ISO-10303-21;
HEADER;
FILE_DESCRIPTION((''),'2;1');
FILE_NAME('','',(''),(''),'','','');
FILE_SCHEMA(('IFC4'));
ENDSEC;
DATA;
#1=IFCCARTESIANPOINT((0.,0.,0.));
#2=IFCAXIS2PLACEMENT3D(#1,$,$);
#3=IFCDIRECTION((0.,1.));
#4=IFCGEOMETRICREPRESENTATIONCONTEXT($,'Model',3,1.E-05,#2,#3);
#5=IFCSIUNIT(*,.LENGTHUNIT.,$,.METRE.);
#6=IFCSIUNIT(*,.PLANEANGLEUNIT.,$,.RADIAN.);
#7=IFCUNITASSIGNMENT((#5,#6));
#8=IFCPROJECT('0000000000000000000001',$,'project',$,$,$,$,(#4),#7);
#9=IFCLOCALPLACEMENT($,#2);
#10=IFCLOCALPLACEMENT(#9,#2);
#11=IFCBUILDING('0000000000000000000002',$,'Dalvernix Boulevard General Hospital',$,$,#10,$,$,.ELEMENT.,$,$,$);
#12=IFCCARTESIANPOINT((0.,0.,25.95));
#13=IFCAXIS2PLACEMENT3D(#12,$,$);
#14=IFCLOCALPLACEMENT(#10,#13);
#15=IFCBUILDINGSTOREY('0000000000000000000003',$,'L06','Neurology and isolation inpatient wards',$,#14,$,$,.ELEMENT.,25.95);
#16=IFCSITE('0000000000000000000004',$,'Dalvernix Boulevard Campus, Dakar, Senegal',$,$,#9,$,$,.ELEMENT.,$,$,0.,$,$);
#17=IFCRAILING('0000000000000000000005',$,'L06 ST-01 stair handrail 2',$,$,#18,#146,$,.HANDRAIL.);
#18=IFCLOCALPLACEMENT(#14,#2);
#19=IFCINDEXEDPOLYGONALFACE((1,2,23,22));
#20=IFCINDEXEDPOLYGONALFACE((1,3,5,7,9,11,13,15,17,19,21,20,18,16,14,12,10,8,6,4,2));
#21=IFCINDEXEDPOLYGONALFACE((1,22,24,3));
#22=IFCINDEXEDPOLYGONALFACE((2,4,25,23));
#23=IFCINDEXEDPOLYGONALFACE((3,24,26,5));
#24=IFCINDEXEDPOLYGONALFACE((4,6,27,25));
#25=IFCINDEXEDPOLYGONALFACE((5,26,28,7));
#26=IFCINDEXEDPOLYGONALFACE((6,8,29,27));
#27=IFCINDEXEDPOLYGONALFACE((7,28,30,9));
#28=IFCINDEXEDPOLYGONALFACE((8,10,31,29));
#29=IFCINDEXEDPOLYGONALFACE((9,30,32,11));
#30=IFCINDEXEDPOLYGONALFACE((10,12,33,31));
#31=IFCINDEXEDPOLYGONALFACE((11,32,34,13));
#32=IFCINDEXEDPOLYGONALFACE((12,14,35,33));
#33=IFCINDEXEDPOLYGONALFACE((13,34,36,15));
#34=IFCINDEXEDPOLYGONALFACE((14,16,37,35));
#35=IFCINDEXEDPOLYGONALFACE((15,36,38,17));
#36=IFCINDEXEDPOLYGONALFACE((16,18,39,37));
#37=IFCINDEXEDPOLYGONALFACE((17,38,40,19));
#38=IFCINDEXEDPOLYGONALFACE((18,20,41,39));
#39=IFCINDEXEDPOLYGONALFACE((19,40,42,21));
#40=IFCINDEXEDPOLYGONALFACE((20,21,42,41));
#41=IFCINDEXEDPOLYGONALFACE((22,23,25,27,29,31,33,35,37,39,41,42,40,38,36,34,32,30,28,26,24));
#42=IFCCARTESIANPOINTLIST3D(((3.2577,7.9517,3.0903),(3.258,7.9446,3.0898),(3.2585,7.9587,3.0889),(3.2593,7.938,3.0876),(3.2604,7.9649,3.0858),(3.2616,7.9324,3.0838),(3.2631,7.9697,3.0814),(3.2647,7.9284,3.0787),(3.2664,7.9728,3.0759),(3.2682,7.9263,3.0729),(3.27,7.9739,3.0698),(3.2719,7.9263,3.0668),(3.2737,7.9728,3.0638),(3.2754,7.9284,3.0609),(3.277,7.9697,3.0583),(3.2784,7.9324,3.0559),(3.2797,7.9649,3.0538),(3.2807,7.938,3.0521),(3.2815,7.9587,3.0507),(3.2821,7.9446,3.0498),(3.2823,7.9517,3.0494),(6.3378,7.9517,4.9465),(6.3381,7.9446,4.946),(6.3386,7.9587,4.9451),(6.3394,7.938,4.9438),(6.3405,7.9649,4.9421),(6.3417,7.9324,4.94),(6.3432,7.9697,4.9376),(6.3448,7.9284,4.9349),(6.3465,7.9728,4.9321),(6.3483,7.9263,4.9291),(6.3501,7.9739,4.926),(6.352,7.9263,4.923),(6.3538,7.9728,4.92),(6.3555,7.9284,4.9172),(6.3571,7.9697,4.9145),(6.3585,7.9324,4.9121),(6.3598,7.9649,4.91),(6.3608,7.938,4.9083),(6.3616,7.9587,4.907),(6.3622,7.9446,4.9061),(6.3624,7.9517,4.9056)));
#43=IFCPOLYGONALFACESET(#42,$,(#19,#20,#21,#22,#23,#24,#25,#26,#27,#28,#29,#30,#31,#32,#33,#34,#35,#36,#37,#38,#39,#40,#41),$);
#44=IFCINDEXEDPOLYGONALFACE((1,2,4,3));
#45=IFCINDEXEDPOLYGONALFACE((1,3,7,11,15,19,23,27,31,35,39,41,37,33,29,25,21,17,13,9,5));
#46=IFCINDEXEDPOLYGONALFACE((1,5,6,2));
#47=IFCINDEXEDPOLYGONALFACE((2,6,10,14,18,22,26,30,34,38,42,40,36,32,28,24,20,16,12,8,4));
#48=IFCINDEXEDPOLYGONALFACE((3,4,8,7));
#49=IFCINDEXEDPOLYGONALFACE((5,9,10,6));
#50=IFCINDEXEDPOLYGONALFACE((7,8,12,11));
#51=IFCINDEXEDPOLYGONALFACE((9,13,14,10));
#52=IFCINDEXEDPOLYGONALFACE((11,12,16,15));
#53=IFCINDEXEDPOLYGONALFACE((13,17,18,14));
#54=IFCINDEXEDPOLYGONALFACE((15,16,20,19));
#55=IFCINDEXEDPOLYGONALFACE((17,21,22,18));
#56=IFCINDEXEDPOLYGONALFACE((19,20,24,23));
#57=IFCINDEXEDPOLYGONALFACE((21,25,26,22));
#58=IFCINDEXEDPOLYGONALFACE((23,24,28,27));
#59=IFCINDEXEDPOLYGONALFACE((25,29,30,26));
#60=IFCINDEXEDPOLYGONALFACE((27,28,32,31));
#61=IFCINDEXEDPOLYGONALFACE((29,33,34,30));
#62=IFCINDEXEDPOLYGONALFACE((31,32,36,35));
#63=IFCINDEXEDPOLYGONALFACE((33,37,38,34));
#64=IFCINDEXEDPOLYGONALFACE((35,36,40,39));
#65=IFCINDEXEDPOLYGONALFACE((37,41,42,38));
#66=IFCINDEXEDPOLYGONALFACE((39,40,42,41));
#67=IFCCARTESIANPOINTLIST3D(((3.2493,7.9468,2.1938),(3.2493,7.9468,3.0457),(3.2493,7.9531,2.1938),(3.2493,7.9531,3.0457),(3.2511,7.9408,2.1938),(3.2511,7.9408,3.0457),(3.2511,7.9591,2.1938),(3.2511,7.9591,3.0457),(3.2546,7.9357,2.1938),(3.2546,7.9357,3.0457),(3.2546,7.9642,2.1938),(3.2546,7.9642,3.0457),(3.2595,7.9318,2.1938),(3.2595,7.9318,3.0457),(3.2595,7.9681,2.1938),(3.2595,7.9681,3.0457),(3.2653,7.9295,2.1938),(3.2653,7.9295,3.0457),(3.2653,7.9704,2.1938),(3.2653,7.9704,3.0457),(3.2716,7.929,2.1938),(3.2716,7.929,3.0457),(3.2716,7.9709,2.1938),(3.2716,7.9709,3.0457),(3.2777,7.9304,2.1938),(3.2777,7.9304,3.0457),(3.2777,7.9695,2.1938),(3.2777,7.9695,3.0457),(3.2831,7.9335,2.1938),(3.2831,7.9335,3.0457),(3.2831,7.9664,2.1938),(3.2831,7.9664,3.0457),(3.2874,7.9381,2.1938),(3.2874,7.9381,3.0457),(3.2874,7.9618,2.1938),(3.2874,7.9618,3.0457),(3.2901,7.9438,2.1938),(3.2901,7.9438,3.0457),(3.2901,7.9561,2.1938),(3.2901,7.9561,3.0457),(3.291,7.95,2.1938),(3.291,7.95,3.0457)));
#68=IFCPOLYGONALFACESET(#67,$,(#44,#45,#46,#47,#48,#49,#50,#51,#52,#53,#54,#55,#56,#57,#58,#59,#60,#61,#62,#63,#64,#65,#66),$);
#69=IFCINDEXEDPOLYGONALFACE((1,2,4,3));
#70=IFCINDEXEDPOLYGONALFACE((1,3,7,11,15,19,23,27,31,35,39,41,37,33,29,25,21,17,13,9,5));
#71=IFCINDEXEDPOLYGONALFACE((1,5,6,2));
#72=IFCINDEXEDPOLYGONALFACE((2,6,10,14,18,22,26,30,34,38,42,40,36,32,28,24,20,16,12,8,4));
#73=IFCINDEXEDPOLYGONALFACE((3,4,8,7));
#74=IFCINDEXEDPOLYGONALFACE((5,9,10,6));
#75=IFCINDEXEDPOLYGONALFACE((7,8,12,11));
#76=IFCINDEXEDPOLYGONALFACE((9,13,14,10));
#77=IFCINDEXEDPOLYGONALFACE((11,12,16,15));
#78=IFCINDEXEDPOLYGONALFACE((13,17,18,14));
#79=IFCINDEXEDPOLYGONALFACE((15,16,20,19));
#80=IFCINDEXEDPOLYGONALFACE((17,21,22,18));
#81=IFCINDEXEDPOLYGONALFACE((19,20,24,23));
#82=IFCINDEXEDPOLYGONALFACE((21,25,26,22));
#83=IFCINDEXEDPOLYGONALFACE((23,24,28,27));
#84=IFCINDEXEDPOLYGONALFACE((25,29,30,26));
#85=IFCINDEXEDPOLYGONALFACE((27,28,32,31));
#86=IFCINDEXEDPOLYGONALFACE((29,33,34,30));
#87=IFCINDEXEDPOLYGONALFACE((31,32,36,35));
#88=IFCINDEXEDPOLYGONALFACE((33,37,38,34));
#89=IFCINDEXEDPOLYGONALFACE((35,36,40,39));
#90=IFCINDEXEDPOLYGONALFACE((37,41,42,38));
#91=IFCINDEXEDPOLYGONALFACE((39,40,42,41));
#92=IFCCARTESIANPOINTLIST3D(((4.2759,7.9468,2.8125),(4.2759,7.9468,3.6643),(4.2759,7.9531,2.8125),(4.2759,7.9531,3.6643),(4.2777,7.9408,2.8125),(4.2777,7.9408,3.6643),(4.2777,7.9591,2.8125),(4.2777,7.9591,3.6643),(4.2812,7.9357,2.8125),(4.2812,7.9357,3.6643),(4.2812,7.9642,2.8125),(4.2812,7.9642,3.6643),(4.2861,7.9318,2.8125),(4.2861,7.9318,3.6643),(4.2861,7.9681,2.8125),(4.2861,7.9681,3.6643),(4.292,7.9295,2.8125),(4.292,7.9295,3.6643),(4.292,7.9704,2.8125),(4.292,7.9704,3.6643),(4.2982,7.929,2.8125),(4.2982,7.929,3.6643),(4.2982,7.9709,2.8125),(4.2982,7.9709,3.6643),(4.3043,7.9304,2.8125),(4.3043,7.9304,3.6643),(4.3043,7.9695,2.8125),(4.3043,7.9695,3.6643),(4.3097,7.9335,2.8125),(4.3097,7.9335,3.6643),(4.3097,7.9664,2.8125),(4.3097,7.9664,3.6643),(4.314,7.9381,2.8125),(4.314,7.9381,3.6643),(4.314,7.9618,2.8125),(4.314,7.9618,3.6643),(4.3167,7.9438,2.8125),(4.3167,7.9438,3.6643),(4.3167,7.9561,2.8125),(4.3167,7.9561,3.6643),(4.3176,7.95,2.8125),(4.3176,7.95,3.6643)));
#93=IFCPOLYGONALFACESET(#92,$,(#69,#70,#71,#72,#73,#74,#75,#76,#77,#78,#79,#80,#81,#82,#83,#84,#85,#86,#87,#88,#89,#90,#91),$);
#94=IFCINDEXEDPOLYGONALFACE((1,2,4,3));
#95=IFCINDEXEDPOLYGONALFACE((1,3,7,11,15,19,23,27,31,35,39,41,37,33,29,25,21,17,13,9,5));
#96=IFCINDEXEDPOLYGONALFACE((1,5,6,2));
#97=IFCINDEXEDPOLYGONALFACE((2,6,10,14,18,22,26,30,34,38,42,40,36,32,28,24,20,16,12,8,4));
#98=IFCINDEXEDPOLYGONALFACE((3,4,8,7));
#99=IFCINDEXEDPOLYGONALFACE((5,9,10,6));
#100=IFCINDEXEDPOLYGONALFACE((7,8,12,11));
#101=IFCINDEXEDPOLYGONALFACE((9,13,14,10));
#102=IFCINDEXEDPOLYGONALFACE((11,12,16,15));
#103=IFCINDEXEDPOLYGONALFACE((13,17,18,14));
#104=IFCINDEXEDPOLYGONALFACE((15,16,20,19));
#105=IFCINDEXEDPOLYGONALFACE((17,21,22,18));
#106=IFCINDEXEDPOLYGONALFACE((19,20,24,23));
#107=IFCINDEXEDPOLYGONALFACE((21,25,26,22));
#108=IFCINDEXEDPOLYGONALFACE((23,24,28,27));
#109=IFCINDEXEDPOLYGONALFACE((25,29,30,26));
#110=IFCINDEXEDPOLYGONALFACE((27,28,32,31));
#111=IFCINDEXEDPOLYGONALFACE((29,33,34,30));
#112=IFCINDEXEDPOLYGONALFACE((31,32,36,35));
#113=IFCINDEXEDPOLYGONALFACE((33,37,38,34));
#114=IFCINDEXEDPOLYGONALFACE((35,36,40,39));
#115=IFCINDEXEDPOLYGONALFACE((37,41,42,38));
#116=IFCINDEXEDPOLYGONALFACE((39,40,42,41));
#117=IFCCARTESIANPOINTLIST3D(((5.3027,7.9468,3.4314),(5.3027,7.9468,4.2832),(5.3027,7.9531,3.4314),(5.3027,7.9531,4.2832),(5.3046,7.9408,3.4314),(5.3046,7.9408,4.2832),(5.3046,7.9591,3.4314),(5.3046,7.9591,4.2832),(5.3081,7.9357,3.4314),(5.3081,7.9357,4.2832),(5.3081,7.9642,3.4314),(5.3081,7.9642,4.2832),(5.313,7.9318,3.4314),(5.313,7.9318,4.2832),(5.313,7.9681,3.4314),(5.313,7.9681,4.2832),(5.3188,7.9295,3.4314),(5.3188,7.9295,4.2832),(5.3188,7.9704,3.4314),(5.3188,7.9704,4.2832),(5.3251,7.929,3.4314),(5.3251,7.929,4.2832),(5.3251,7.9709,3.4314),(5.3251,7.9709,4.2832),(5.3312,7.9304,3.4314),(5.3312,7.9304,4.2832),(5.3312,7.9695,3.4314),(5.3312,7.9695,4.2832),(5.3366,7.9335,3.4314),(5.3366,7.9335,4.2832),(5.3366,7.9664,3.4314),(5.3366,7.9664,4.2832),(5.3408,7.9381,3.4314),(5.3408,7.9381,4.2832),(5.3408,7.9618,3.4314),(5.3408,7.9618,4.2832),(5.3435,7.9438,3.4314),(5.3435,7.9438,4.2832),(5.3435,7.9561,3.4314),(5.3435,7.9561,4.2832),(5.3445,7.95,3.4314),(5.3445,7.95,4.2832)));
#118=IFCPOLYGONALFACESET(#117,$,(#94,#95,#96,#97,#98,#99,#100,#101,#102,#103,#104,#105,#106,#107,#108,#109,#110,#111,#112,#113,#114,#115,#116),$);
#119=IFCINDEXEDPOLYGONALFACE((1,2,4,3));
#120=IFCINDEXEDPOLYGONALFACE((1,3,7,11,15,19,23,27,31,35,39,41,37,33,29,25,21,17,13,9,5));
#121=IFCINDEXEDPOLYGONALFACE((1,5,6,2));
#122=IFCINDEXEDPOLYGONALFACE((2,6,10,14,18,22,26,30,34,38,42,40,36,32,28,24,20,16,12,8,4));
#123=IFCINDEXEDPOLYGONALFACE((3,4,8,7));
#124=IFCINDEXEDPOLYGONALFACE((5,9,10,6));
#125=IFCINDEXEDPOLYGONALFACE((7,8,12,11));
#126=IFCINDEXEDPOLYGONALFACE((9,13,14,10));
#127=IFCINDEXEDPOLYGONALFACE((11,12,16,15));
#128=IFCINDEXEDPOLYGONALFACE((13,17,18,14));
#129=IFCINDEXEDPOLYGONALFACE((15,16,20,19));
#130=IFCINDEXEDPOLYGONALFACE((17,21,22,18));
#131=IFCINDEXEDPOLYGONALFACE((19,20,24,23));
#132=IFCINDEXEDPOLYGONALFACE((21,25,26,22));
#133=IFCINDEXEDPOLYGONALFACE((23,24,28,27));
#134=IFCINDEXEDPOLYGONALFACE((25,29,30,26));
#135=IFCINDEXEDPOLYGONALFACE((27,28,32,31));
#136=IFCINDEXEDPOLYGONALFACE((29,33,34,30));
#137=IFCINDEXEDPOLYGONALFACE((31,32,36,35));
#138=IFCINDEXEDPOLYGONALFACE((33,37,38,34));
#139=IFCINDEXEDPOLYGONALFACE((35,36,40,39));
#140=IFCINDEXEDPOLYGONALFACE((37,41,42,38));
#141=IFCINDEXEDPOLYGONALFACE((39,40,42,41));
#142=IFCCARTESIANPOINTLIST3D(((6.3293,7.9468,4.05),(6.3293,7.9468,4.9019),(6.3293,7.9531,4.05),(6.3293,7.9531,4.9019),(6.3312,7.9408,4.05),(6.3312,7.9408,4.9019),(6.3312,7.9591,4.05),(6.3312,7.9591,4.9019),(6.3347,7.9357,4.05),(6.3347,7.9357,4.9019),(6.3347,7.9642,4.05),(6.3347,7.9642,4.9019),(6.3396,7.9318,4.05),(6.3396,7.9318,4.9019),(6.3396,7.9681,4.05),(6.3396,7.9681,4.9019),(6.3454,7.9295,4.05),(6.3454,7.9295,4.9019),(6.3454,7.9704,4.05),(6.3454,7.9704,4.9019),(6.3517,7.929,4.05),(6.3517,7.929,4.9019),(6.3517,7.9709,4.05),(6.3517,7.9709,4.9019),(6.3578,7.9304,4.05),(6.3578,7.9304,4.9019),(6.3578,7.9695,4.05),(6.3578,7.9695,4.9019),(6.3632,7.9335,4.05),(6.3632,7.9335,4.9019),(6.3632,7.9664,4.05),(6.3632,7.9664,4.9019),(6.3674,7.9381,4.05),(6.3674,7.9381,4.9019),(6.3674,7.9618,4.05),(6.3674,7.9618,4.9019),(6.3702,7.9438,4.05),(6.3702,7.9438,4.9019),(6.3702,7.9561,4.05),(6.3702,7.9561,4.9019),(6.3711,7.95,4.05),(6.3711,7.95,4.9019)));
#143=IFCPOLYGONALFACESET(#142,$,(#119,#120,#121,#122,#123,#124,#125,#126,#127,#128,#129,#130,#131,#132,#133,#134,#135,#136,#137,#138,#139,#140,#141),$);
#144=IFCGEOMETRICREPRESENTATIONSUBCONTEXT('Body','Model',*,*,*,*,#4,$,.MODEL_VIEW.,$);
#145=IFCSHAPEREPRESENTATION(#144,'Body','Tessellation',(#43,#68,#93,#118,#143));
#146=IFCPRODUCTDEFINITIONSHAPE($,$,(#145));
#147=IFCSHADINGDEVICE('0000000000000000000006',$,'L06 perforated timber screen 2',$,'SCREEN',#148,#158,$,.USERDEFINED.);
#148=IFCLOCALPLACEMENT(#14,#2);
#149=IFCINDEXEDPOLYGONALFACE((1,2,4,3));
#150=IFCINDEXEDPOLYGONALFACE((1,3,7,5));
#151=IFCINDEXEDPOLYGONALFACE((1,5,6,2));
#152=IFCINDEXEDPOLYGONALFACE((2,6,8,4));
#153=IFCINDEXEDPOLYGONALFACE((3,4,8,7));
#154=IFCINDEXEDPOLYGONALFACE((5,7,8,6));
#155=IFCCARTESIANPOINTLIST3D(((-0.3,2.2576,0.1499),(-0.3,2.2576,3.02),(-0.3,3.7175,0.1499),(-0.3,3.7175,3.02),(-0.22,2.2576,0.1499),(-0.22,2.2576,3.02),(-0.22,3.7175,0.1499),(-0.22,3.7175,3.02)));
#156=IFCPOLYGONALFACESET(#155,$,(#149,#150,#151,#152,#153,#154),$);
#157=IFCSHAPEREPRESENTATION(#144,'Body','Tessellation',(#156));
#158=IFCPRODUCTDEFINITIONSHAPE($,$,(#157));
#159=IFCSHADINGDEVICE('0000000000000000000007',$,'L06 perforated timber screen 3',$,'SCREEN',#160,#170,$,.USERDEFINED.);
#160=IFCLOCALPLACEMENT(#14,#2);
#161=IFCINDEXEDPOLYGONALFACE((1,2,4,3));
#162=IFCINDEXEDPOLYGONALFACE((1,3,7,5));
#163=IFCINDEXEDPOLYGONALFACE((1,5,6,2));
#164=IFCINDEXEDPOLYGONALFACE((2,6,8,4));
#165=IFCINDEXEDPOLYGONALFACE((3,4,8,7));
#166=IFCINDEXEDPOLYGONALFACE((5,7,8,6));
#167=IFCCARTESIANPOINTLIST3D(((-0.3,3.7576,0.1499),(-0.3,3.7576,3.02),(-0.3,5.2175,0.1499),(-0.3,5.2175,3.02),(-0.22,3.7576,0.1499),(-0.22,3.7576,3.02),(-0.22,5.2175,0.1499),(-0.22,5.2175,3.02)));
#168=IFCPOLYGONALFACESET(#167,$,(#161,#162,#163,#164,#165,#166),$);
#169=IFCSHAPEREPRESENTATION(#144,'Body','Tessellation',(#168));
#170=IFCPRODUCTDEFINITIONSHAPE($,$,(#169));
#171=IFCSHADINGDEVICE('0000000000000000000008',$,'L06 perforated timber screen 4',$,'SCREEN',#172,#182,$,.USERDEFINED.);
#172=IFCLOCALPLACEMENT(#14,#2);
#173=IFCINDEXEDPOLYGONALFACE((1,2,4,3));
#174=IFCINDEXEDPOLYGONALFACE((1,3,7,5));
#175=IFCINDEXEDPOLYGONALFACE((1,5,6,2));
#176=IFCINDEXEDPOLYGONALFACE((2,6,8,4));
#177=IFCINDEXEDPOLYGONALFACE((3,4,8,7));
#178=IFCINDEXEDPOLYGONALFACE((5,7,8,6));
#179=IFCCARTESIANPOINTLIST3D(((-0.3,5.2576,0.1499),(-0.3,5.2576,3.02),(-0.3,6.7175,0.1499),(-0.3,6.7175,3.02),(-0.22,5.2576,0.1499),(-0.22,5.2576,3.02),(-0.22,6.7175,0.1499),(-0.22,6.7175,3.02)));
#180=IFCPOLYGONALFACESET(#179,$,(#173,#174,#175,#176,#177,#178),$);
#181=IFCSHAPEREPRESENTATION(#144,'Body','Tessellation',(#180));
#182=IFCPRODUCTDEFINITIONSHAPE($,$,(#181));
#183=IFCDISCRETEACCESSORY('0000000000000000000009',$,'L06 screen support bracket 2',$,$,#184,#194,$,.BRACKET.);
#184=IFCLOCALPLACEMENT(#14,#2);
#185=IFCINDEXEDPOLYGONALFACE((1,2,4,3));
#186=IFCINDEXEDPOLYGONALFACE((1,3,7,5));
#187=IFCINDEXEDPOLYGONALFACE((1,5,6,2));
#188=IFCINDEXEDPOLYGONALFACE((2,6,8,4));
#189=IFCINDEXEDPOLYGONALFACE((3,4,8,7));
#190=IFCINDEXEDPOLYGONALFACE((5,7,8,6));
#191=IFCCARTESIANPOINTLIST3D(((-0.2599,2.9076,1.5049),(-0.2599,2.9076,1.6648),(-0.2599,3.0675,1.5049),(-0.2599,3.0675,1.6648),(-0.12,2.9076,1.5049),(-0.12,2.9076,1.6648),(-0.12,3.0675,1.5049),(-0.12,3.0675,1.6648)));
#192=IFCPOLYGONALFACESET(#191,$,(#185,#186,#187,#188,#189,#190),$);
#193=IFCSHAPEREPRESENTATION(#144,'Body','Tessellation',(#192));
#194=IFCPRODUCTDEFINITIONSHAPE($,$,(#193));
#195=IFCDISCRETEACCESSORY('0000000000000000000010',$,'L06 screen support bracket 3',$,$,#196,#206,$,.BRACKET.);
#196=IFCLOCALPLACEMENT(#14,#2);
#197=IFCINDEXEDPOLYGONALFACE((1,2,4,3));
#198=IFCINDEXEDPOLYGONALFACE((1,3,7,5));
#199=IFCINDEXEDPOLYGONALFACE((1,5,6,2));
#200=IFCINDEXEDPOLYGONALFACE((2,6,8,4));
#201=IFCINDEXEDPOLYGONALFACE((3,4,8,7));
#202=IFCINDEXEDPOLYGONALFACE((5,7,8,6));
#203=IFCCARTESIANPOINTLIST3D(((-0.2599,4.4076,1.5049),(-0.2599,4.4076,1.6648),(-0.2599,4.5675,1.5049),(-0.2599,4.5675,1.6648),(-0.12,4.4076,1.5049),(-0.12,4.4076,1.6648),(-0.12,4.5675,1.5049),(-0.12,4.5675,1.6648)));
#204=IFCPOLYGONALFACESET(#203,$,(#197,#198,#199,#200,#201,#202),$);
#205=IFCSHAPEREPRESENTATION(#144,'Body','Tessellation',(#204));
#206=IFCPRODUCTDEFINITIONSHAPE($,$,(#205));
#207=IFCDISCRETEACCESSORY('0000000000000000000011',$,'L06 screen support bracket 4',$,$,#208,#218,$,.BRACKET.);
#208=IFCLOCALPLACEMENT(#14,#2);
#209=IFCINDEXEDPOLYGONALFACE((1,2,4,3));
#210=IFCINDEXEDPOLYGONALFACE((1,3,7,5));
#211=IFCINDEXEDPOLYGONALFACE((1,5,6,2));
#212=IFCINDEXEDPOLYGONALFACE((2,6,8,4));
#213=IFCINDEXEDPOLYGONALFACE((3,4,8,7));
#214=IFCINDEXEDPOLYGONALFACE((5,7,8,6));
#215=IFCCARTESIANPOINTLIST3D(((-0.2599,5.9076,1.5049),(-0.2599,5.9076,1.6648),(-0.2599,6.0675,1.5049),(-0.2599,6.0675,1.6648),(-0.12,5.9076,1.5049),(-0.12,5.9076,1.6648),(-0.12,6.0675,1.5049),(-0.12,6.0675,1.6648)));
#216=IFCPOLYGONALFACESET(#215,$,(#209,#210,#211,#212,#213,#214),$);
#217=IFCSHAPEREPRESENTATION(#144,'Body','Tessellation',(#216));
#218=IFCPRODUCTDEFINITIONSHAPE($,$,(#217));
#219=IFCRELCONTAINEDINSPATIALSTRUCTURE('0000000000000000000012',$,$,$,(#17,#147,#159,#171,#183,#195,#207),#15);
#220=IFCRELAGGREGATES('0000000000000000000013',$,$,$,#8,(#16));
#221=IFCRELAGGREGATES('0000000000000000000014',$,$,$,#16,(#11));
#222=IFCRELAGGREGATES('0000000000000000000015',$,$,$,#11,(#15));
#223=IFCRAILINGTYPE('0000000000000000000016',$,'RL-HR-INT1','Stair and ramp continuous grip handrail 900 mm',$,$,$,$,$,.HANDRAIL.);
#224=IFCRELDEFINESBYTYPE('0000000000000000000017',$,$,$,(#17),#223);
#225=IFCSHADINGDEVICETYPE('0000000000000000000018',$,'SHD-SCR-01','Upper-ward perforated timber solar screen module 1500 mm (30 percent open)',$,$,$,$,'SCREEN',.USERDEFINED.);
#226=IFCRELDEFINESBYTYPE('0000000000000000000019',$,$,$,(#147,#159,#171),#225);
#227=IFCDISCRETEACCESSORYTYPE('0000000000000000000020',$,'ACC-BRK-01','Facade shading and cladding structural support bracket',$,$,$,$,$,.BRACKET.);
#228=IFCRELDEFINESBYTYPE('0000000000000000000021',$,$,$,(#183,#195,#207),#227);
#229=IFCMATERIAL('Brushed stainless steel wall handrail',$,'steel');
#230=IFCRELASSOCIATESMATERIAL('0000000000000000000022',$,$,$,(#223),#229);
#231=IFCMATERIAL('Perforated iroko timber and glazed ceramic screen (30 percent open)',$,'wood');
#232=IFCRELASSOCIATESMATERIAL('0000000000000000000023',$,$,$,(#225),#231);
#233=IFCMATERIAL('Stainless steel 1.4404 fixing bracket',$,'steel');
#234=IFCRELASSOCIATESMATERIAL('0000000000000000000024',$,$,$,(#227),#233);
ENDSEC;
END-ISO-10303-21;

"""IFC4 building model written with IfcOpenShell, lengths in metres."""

from ifc_helpers import new_model, si_unit, direction, frame, origin, origin_2d, place, context, subcontext, project, spatial, rectangle, circle, extrude, material, type_object, element, save


model = new_model("IFC4")

# Units and contexts
model_context = context("Model", 3, precision=1e-05, world=origin(), true_north=direction((0.0, 1.0)))
body_context = subcontext(model_context, "Body", "Model", "MODEL_VIEW")
ifc_project = project(units=[si_unit("LENGTHUNIT", "METRE"), si_unit("PLANEANGLEUNIT", "RADIAN")], contexts=[model_context])

# Site, building, storey
site_placement = place(None, origin())
site = spatial("IfcSite", under=ifc_project, at=site_placement, Name="Dalvernix Boulevard Campus, Dakar, Senegal", CompositionType="ELEMENT", RefElevation=0.0)
building_placement = place(site_placement, origin())
building = spatial("IfcBuilding", under=site, at=building_placement, Name="Dalvernix Boulevard General Hospital", CompositionType="ELEMENT")
storey_placement = place(building_placement, frame((0.0, 0.0, 25.95)))
storey = spatial("IfcBuildingStorey", under=building, at=storey_placement, Name="L06", Description="Neurology and isolation inpatient wards", CompositionType="ELEMENT", Elevation=25.95)

# Railing
ifc_material_1 = material(Name="Brushed stainless steel wall handrail", Category="steel")
railing_type_1 = type_object("IfcRailingType", Name="RL-HR-INT1", Description="Stair and ramp continuous grip handrail 900 mm", PredefinedType="HANDRAIL", material=ifc_material_1)
railing_1_placement = place(storey_placement, frame((3.27, 7.95, 2.1938)))
element("IfcRailing", 1, at=railing_1_placement, inside=storey, type_object=railing_type_1, Name="L06 ST-01 stair handrail 2", PredefinedType="HANDRAIL", context=body_context, shape_type="SweptSolid", body=[
    extrude(circle(Radius=0.0239, at=origin_2d()), frame((0.0, 0.0, 0.876), z_axis=(0.856491, 0.0, 0.516162), x_axis=(0.0, 1.0, 0.0)), (0.0, 0.0, 1.0), 3.5962),
    extrude(circle(Radius=0.021, at=origin_2d()), origin(), (0.0, 0.0, 1.0), 0.8518),
    extrude(circle(Radius=0.021, at=origin_2d()), frame((1.0266, 0.0, 0.6187)), (0.0, 0.0, 1.0), 0.8518),
    extrude(circle(Radius=0.021, at=origin_2d()), frame((2.0535, 0.0, 1.2375)), (0.0, 0.0, 1.0), 0.8518),
    extrude(circle(Radius=0.021, at=origin_2d()), frame((3.0801, 0.0, 1.8562)), (0.0, 0.0, 1.0), 0.8518),
])

# Shading devices
ifc_material_2 = material(Name="Perforated iroko timber and glazed ceramic screen (30 percent open)", Category="wood")
shading_device_type = type_object("IfcShadingDeviceType", Name="SHD-SCR-01", Description="Upper-ward perforated timber solar screen module 1500 mm (30 percent open)", ElementType="SCREEN", PredefinedType="USERDEFINED", material=ifc_material_2)
for number, where, z_axis, x_axis, name in (
    (2, (-0.26, 2.9875, 0.1499), (0.0, 0.0, 1.0), (0.0, 1.0, 0.0), "L06 perforated timber screen 2"),
    (3, (-0.26, 4.4875, 0.1499), (0.0, 0.0, 1.0), (0.0, 1.0, 0.0), "L06 perforated timber screen 3"),
    (4, (-0.26, 5.9875, 0.1499), (0.0, 0.0, 1.0), (0.0, 1.0, 0.0), "L06 perforated timber screen 4"),
):
    element("IfcShadingDevice", number, at=place(storey_placement, frame(where, z_axis=z_axis, x_axis=x_axis)), inside=storey, type_object=shading_device_type, Name=name, ObjectType="SCREEN", PredefinedType="USERDEFINED", context=body_context, shape_type="SweptSolid", body=[
        extrude(rectangle(XDim=1.46, YDim=0.0801, at=origin_2d()), origin(), (0.0, 0.0, 1.0), 2.8701),
    ])

# Discrete accessories
ifc_material_3 = material(Name="Stainless steel 1.4404 fixing bracket", Category="steel")
discrete_accessory_type = type_object("IfcDiscreteAccessoryType", Name="ACC-BRK-01", Description="Facade shading and cladding structural support bracket", PredefinedType="BRACKET", material=ifc_material_3)
for number, where, z_axis, x_axis, name in (
    (5, (-0.1899, 2.9875, 1.5049), (0.0, 0.0, 1.0), (0.0, 1.0, 0.0), "L06 screen support bracket 2"),
    (6, (-0.1899, 4.4875, 1.5049), (0.0, 0.0, 1.0), (0.0, 1.0, 0.0), "L06 screen support bracket 3"),
    (7, (-0.1899, 5.9875, 1.5049), (0.0, 0.0, 1.0), (0.0, 1.0, 0.0), "L06 screen support bracket 4"),
):
    element("IfcDiscreteAccessory", number, at=place(storey_placement, frame(where, z_axis=z_axis, x_axis=x_axis)), inside=storey, type_object=discrete_accessory_type, Name=name, PredefinedType="BRACKET", context=body_context, shape_type="SweptSolid", body=[
        extrude(rectangle(XDim=0.1599, YDim=0.1399, at=origin_2d()), origin(), (0.0, 0.0, 1.0), 0.1599),
    ])

save(model, "model.ifc")
